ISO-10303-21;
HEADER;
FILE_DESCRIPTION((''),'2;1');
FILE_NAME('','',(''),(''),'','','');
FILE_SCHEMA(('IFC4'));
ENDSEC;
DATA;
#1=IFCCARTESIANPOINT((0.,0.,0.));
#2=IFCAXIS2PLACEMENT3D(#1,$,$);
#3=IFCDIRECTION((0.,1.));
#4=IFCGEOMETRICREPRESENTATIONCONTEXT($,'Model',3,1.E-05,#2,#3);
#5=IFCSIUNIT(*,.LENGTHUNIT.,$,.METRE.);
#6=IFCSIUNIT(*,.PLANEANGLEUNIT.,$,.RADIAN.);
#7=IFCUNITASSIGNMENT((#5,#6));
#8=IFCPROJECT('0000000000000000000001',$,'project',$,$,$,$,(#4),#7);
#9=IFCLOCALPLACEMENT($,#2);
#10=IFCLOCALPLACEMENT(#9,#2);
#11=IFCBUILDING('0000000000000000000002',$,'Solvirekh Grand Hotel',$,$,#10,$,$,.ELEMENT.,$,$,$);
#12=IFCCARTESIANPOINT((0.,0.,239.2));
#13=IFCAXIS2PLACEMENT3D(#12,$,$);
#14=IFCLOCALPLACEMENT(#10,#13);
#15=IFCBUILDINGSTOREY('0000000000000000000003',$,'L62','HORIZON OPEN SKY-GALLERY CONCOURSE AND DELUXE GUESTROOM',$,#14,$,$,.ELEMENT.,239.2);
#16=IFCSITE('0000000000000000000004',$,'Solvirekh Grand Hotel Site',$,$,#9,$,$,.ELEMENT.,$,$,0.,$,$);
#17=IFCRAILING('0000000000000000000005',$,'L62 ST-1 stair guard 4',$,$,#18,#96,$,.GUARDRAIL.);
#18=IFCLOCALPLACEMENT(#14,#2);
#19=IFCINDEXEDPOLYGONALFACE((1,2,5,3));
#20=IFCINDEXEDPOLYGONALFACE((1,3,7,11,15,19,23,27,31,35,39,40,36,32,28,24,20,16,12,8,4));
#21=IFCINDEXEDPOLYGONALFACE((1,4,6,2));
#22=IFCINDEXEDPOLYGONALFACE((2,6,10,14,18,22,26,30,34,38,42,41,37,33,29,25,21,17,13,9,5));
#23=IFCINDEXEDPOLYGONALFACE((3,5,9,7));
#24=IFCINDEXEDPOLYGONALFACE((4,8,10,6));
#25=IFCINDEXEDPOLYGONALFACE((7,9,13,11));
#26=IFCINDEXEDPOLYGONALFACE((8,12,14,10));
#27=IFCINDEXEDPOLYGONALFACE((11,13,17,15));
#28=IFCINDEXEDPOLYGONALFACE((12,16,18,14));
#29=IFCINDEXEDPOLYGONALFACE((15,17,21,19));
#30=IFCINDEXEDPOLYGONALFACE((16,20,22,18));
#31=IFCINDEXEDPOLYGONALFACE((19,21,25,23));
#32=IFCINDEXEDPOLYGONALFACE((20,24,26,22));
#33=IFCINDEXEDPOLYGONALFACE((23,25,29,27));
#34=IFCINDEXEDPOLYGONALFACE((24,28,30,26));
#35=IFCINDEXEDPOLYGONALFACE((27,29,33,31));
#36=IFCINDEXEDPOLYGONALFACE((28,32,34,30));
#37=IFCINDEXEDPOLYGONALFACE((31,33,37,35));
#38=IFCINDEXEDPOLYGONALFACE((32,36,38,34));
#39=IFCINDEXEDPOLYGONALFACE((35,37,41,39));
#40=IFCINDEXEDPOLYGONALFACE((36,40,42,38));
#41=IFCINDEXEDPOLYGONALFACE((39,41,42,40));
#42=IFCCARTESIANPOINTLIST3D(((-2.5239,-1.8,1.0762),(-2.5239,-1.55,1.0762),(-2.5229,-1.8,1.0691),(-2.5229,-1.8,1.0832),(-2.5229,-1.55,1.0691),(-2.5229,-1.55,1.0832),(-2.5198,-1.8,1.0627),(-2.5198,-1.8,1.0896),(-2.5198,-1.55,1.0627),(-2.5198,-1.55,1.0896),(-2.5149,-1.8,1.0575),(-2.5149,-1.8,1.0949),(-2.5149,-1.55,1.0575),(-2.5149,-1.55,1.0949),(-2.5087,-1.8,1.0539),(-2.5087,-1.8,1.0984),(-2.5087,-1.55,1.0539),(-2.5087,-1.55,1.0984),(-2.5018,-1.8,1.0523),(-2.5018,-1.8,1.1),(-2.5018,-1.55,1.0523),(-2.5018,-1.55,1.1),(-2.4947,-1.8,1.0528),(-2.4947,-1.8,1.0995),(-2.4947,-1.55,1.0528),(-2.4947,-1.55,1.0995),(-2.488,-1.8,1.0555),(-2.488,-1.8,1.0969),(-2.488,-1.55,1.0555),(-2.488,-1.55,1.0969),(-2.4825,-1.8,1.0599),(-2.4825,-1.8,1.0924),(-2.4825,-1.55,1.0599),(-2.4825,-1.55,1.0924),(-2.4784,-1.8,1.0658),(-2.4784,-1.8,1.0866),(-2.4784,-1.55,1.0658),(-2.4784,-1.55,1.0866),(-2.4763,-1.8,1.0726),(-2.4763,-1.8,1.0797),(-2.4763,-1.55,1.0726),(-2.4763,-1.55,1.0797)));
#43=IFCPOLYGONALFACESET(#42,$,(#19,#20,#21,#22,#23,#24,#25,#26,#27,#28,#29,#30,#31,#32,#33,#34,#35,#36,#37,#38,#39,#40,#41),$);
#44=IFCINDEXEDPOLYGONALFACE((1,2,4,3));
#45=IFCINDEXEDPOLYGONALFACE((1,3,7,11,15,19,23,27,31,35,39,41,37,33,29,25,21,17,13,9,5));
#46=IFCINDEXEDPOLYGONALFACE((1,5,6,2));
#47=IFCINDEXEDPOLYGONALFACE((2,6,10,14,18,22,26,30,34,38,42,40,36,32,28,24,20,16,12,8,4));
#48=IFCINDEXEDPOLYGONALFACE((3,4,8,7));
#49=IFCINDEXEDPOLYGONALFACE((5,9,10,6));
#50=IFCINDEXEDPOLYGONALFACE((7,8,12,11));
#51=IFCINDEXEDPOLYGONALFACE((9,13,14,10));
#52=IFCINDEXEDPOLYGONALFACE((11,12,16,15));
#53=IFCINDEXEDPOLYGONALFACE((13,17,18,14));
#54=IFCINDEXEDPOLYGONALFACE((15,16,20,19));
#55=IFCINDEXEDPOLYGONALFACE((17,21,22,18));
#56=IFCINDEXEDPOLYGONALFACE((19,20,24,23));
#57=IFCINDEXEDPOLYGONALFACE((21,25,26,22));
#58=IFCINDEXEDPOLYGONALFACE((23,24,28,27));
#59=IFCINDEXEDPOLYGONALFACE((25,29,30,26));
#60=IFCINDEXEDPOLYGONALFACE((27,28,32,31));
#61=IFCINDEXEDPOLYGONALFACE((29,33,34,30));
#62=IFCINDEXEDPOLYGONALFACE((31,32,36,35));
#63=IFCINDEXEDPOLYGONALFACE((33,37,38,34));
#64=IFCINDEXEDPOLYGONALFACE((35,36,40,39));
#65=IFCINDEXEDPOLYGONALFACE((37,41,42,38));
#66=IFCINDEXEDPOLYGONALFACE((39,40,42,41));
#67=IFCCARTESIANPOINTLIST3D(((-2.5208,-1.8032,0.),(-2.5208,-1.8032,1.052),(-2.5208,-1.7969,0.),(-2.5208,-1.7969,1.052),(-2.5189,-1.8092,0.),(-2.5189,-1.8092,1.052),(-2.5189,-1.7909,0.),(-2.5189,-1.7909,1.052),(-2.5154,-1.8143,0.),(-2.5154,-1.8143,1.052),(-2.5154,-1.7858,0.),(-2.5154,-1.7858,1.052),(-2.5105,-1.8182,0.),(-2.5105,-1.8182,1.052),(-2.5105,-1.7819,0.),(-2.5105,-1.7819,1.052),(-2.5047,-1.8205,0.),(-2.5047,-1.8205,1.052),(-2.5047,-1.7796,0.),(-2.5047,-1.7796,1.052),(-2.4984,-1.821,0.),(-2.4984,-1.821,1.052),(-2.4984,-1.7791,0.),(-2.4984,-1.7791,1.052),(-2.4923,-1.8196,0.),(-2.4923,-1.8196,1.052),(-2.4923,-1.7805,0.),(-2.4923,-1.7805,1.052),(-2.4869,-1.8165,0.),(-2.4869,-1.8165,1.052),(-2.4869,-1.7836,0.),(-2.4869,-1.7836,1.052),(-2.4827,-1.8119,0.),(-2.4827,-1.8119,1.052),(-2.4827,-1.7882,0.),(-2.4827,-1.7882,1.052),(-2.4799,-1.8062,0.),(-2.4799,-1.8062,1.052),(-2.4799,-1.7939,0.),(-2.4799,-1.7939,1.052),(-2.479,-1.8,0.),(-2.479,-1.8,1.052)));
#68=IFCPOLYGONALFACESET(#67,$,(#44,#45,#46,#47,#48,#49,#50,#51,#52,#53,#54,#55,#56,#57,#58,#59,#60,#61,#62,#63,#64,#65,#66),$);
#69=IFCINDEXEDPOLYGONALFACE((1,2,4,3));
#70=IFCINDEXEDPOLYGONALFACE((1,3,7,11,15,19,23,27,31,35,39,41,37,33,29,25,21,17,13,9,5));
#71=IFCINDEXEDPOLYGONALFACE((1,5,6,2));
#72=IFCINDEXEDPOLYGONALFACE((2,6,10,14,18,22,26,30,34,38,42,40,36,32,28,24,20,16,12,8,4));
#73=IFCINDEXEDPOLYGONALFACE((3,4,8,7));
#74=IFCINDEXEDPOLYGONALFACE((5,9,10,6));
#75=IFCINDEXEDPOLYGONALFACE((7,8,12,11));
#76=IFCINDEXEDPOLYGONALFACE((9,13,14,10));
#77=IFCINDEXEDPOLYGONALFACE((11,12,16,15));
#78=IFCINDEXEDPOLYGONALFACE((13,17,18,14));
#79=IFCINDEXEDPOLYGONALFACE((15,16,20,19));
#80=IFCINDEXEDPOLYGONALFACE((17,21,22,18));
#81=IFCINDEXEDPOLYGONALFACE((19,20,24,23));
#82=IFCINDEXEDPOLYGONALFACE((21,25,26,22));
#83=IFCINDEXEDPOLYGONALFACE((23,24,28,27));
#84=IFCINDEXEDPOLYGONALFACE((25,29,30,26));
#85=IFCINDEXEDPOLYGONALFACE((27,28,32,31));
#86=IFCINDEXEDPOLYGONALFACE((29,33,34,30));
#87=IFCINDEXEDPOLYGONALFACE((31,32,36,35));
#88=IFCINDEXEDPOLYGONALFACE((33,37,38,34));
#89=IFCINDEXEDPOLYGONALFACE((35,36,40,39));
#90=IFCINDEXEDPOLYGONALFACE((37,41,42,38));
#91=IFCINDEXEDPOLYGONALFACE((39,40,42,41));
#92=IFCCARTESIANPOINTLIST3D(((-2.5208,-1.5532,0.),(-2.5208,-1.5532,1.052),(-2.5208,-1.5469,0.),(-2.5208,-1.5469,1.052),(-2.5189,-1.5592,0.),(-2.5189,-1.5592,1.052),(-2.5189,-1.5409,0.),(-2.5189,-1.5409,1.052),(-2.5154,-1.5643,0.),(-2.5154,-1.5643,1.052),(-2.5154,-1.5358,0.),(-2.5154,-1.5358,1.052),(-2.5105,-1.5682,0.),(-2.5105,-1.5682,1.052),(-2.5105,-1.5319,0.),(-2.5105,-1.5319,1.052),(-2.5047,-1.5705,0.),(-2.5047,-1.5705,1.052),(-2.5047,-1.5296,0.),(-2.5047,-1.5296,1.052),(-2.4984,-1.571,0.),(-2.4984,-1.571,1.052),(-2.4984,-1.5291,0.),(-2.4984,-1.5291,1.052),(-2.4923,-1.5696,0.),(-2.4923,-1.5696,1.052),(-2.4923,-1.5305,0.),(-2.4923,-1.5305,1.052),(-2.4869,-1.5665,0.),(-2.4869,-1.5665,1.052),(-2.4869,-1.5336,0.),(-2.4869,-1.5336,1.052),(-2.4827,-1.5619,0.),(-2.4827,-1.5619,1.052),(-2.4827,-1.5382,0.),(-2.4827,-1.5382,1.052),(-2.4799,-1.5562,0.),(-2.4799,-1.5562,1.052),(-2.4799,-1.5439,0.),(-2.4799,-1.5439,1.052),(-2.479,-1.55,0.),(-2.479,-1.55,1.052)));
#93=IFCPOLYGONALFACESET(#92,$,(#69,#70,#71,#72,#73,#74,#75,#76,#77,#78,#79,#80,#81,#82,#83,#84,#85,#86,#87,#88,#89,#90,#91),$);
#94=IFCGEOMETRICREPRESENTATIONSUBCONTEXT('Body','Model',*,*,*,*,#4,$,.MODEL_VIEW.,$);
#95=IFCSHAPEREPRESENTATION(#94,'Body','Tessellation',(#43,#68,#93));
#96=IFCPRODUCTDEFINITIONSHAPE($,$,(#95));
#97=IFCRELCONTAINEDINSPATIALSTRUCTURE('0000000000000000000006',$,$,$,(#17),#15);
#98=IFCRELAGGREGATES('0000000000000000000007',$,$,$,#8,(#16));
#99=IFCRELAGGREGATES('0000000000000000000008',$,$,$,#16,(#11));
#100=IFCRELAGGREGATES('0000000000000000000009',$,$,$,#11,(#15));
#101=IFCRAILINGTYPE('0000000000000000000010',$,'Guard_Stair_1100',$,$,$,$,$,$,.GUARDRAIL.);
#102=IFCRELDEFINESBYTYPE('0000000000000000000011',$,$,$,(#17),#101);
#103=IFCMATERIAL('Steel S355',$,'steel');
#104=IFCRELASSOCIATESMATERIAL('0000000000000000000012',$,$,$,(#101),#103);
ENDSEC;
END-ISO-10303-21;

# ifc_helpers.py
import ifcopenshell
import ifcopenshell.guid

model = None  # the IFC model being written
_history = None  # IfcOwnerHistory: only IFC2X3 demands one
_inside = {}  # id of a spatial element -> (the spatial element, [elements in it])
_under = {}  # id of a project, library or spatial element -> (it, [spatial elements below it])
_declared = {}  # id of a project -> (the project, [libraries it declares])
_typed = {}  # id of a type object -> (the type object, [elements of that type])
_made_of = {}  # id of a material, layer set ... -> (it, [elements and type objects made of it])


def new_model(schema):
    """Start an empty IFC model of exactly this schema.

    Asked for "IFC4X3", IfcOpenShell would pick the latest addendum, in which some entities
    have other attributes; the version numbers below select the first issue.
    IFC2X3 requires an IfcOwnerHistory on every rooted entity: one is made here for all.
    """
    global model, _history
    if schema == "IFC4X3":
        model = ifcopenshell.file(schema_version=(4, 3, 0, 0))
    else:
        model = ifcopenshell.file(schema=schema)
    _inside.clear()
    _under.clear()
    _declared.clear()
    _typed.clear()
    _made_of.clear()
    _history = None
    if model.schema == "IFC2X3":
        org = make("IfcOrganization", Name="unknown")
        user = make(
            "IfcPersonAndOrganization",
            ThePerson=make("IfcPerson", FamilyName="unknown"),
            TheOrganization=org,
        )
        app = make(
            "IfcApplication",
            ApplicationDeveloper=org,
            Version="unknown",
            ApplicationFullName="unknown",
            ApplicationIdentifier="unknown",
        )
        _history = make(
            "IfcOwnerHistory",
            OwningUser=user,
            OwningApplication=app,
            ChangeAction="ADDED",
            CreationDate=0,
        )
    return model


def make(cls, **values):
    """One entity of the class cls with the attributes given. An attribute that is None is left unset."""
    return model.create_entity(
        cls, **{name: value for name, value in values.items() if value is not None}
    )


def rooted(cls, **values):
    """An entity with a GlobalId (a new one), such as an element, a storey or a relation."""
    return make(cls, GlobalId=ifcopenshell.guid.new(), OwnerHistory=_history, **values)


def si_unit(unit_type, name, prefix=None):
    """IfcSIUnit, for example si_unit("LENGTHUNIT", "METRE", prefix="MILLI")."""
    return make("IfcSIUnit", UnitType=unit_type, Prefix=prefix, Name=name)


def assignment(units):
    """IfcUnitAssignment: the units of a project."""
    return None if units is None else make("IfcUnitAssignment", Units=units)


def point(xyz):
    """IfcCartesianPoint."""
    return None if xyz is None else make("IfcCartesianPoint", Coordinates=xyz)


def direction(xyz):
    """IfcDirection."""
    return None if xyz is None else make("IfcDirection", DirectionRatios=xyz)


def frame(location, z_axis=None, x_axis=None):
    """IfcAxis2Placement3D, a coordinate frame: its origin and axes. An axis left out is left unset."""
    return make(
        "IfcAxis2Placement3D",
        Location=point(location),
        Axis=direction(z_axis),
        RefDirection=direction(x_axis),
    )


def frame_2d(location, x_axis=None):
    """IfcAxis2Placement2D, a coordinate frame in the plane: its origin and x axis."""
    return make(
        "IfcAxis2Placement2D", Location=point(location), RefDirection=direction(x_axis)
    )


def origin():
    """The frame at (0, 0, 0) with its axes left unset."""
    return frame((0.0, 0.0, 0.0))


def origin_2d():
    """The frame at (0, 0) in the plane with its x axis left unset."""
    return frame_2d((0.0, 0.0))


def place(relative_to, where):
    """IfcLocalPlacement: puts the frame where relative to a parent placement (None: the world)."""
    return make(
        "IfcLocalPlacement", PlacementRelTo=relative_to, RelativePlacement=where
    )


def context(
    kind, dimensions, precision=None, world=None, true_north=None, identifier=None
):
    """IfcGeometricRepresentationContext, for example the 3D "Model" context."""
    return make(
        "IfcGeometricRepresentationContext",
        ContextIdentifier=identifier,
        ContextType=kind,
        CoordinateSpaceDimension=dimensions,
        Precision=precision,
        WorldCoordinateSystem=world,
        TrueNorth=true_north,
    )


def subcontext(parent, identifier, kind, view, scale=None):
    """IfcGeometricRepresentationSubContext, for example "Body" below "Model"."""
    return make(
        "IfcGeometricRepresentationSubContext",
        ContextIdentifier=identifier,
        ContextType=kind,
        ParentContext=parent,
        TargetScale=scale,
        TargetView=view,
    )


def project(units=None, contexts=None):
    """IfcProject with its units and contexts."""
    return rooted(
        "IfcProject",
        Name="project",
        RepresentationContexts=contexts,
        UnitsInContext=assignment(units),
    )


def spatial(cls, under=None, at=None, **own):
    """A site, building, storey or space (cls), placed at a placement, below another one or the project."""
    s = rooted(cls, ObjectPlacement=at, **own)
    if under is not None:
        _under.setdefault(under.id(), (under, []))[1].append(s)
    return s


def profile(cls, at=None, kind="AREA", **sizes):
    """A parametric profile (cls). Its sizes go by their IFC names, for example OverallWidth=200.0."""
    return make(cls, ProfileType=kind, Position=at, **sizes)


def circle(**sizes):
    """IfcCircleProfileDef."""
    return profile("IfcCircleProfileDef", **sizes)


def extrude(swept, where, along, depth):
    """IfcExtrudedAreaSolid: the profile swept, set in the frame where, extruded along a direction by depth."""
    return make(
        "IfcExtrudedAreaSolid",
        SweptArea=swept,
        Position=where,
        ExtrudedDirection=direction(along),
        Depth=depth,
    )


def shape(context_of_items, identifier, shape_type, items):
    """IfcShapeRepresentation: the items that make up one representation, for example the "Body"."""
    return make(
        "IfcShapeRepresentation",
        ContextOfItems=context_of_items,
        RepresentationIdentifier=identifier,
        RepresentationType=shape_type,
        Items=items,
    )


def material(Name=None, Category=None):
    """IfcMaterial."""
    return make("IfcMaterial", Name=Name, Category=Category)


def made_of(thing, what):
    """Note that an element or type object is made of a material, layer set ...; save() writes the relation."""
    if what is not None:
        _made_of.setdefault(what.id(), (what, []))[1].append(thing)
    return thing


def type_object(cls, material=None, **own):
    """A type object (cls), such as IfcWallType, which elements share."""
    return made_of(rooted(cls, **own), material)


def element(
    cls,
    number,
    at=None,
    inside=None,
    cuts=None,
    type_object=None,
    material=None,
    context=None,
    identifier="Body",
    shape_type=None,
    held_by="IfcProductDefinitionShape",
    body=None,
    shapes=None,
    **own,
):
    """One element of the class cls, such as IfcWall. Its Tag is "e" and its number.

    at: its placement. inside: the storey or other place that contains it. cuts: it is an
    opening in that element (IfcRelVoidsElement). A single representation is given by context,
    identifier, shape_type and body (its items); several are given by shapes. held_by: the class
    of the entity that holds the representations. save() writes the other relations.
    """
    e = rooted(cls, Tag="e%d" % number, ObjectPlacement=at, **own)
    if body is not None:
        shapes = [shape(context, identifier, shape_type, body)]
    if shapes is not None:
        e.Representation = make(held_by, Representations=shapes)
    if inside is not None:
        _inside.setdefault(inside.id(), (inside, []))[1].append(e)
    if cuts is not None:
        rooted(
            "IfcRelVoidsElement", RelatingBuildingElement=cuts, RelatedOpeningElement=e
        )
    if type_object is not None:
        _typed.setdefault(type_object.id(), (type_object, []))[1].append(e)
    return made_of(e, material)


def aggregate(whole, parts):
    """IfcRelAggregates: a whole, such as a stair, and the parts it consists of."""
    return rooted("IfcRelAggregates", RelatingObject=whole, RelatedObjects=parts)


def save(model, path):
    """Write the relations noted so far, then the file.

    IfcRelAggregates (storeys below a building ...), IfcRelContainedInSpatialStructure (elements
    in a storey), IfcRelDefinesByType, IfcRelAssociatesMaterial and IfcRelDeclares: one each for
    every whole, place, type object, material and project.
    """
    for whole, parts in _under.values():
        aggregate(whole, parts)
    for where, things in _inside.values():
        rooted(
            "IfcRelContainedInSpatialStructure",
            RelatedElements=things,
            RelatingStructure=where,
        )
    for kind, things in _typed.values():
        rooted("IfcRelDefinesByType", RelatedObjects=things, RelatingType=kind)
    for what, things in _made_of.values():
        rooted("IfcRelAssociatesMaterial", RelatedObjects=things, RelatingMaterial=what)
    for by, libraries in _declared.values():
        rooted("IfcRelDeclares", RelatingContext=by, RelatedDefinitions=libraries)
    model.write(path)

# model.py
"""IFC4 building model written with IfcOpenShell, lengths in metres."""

from ifc_helpers import new_model, si_unit, direction, frame, origin, origin_2d, place, context, subcontext, project, spatial, circle, extrude, material, type_object, element, save


model = new_model("IFC4")

# Units and contexts
model_context = context("Model", 3, precision=1e-05, world=origin(), true_north=direction((0.0, 1.0)))
body_context = subcontext(model_context, "Body", "Model", "MODEL_VIEW")
ifc_project = project(units=[si_unit("LENGTHUNIT", "METRE"), si_unit("PLANEANGLEUNIT", "RADIAN")], contexts=[model_context])

# Site, building, storey
site_placement = place(None, origin())
site = spatial("IfcSite", under=ifc_project, at=site_placement, Name="Solvirekh Grand Hotel Site", CompositionType="ELEMENT", RefElevation=0.0)
building_placement = place(site_placement, origin())
building = spatial("IfcBuilding", under=site, at=building_placement, Name="Solvirekh Grand Hotel", CompositionType="ELEMENT")
storey_placement = place(building_placement, frame((0.0, 0.0, 239.2)))
storey = spatial("IfcBuildingStorey", under=building, at=storey_placement, Name="L62", Description="HORIZON OPEN SKY-GALLERY CONCOURSE AND DELUXE GUESTROOM", CompositionType="ELEMENT", Elevation=239.2)

# Shared definitions
ifc_material_1 = material(Name="Steel S355", Category="steel")

# Railing
railing_type_1 = type_object("IfcRailingType", Name="Guard_Stair_1100", PredefinedType="GUARDRAIL", material=ifc_material_1)
railing_1_placement = place(storey_placement, frame((-2.5, -1.8, 0.0)))
element("IfcRailing", 1, at=railing_1_placement, inside=storey, type_object=railing_type_1, Name="L62 ST-1 stair guard 4", PredefinedType="GUARDRAIL", context=body_context, shape_type="SweptSolid", body=[
    extrude(circle(Radius=0.0239, at=origin_2d()), frame((0.0, 0.0, 1.0762), z_axis=(0.0, 1.0, 0.0), x_axis=(-1.0, 0.0, 0.0)), (0.0, 0.0, 1.0), 0.25),
    extrude(circle(Radius=0.021, at=origin_2d()), origin(), (0.0, 0.0, 1.0), 1.052),
    extrude(circle(Radius=0.021, at=origin_2d()), frame((0.0, 0.25, 0.0)), (0.0, 0.0, 1.0), 1.052),
])

save(model, "model.ifc")
